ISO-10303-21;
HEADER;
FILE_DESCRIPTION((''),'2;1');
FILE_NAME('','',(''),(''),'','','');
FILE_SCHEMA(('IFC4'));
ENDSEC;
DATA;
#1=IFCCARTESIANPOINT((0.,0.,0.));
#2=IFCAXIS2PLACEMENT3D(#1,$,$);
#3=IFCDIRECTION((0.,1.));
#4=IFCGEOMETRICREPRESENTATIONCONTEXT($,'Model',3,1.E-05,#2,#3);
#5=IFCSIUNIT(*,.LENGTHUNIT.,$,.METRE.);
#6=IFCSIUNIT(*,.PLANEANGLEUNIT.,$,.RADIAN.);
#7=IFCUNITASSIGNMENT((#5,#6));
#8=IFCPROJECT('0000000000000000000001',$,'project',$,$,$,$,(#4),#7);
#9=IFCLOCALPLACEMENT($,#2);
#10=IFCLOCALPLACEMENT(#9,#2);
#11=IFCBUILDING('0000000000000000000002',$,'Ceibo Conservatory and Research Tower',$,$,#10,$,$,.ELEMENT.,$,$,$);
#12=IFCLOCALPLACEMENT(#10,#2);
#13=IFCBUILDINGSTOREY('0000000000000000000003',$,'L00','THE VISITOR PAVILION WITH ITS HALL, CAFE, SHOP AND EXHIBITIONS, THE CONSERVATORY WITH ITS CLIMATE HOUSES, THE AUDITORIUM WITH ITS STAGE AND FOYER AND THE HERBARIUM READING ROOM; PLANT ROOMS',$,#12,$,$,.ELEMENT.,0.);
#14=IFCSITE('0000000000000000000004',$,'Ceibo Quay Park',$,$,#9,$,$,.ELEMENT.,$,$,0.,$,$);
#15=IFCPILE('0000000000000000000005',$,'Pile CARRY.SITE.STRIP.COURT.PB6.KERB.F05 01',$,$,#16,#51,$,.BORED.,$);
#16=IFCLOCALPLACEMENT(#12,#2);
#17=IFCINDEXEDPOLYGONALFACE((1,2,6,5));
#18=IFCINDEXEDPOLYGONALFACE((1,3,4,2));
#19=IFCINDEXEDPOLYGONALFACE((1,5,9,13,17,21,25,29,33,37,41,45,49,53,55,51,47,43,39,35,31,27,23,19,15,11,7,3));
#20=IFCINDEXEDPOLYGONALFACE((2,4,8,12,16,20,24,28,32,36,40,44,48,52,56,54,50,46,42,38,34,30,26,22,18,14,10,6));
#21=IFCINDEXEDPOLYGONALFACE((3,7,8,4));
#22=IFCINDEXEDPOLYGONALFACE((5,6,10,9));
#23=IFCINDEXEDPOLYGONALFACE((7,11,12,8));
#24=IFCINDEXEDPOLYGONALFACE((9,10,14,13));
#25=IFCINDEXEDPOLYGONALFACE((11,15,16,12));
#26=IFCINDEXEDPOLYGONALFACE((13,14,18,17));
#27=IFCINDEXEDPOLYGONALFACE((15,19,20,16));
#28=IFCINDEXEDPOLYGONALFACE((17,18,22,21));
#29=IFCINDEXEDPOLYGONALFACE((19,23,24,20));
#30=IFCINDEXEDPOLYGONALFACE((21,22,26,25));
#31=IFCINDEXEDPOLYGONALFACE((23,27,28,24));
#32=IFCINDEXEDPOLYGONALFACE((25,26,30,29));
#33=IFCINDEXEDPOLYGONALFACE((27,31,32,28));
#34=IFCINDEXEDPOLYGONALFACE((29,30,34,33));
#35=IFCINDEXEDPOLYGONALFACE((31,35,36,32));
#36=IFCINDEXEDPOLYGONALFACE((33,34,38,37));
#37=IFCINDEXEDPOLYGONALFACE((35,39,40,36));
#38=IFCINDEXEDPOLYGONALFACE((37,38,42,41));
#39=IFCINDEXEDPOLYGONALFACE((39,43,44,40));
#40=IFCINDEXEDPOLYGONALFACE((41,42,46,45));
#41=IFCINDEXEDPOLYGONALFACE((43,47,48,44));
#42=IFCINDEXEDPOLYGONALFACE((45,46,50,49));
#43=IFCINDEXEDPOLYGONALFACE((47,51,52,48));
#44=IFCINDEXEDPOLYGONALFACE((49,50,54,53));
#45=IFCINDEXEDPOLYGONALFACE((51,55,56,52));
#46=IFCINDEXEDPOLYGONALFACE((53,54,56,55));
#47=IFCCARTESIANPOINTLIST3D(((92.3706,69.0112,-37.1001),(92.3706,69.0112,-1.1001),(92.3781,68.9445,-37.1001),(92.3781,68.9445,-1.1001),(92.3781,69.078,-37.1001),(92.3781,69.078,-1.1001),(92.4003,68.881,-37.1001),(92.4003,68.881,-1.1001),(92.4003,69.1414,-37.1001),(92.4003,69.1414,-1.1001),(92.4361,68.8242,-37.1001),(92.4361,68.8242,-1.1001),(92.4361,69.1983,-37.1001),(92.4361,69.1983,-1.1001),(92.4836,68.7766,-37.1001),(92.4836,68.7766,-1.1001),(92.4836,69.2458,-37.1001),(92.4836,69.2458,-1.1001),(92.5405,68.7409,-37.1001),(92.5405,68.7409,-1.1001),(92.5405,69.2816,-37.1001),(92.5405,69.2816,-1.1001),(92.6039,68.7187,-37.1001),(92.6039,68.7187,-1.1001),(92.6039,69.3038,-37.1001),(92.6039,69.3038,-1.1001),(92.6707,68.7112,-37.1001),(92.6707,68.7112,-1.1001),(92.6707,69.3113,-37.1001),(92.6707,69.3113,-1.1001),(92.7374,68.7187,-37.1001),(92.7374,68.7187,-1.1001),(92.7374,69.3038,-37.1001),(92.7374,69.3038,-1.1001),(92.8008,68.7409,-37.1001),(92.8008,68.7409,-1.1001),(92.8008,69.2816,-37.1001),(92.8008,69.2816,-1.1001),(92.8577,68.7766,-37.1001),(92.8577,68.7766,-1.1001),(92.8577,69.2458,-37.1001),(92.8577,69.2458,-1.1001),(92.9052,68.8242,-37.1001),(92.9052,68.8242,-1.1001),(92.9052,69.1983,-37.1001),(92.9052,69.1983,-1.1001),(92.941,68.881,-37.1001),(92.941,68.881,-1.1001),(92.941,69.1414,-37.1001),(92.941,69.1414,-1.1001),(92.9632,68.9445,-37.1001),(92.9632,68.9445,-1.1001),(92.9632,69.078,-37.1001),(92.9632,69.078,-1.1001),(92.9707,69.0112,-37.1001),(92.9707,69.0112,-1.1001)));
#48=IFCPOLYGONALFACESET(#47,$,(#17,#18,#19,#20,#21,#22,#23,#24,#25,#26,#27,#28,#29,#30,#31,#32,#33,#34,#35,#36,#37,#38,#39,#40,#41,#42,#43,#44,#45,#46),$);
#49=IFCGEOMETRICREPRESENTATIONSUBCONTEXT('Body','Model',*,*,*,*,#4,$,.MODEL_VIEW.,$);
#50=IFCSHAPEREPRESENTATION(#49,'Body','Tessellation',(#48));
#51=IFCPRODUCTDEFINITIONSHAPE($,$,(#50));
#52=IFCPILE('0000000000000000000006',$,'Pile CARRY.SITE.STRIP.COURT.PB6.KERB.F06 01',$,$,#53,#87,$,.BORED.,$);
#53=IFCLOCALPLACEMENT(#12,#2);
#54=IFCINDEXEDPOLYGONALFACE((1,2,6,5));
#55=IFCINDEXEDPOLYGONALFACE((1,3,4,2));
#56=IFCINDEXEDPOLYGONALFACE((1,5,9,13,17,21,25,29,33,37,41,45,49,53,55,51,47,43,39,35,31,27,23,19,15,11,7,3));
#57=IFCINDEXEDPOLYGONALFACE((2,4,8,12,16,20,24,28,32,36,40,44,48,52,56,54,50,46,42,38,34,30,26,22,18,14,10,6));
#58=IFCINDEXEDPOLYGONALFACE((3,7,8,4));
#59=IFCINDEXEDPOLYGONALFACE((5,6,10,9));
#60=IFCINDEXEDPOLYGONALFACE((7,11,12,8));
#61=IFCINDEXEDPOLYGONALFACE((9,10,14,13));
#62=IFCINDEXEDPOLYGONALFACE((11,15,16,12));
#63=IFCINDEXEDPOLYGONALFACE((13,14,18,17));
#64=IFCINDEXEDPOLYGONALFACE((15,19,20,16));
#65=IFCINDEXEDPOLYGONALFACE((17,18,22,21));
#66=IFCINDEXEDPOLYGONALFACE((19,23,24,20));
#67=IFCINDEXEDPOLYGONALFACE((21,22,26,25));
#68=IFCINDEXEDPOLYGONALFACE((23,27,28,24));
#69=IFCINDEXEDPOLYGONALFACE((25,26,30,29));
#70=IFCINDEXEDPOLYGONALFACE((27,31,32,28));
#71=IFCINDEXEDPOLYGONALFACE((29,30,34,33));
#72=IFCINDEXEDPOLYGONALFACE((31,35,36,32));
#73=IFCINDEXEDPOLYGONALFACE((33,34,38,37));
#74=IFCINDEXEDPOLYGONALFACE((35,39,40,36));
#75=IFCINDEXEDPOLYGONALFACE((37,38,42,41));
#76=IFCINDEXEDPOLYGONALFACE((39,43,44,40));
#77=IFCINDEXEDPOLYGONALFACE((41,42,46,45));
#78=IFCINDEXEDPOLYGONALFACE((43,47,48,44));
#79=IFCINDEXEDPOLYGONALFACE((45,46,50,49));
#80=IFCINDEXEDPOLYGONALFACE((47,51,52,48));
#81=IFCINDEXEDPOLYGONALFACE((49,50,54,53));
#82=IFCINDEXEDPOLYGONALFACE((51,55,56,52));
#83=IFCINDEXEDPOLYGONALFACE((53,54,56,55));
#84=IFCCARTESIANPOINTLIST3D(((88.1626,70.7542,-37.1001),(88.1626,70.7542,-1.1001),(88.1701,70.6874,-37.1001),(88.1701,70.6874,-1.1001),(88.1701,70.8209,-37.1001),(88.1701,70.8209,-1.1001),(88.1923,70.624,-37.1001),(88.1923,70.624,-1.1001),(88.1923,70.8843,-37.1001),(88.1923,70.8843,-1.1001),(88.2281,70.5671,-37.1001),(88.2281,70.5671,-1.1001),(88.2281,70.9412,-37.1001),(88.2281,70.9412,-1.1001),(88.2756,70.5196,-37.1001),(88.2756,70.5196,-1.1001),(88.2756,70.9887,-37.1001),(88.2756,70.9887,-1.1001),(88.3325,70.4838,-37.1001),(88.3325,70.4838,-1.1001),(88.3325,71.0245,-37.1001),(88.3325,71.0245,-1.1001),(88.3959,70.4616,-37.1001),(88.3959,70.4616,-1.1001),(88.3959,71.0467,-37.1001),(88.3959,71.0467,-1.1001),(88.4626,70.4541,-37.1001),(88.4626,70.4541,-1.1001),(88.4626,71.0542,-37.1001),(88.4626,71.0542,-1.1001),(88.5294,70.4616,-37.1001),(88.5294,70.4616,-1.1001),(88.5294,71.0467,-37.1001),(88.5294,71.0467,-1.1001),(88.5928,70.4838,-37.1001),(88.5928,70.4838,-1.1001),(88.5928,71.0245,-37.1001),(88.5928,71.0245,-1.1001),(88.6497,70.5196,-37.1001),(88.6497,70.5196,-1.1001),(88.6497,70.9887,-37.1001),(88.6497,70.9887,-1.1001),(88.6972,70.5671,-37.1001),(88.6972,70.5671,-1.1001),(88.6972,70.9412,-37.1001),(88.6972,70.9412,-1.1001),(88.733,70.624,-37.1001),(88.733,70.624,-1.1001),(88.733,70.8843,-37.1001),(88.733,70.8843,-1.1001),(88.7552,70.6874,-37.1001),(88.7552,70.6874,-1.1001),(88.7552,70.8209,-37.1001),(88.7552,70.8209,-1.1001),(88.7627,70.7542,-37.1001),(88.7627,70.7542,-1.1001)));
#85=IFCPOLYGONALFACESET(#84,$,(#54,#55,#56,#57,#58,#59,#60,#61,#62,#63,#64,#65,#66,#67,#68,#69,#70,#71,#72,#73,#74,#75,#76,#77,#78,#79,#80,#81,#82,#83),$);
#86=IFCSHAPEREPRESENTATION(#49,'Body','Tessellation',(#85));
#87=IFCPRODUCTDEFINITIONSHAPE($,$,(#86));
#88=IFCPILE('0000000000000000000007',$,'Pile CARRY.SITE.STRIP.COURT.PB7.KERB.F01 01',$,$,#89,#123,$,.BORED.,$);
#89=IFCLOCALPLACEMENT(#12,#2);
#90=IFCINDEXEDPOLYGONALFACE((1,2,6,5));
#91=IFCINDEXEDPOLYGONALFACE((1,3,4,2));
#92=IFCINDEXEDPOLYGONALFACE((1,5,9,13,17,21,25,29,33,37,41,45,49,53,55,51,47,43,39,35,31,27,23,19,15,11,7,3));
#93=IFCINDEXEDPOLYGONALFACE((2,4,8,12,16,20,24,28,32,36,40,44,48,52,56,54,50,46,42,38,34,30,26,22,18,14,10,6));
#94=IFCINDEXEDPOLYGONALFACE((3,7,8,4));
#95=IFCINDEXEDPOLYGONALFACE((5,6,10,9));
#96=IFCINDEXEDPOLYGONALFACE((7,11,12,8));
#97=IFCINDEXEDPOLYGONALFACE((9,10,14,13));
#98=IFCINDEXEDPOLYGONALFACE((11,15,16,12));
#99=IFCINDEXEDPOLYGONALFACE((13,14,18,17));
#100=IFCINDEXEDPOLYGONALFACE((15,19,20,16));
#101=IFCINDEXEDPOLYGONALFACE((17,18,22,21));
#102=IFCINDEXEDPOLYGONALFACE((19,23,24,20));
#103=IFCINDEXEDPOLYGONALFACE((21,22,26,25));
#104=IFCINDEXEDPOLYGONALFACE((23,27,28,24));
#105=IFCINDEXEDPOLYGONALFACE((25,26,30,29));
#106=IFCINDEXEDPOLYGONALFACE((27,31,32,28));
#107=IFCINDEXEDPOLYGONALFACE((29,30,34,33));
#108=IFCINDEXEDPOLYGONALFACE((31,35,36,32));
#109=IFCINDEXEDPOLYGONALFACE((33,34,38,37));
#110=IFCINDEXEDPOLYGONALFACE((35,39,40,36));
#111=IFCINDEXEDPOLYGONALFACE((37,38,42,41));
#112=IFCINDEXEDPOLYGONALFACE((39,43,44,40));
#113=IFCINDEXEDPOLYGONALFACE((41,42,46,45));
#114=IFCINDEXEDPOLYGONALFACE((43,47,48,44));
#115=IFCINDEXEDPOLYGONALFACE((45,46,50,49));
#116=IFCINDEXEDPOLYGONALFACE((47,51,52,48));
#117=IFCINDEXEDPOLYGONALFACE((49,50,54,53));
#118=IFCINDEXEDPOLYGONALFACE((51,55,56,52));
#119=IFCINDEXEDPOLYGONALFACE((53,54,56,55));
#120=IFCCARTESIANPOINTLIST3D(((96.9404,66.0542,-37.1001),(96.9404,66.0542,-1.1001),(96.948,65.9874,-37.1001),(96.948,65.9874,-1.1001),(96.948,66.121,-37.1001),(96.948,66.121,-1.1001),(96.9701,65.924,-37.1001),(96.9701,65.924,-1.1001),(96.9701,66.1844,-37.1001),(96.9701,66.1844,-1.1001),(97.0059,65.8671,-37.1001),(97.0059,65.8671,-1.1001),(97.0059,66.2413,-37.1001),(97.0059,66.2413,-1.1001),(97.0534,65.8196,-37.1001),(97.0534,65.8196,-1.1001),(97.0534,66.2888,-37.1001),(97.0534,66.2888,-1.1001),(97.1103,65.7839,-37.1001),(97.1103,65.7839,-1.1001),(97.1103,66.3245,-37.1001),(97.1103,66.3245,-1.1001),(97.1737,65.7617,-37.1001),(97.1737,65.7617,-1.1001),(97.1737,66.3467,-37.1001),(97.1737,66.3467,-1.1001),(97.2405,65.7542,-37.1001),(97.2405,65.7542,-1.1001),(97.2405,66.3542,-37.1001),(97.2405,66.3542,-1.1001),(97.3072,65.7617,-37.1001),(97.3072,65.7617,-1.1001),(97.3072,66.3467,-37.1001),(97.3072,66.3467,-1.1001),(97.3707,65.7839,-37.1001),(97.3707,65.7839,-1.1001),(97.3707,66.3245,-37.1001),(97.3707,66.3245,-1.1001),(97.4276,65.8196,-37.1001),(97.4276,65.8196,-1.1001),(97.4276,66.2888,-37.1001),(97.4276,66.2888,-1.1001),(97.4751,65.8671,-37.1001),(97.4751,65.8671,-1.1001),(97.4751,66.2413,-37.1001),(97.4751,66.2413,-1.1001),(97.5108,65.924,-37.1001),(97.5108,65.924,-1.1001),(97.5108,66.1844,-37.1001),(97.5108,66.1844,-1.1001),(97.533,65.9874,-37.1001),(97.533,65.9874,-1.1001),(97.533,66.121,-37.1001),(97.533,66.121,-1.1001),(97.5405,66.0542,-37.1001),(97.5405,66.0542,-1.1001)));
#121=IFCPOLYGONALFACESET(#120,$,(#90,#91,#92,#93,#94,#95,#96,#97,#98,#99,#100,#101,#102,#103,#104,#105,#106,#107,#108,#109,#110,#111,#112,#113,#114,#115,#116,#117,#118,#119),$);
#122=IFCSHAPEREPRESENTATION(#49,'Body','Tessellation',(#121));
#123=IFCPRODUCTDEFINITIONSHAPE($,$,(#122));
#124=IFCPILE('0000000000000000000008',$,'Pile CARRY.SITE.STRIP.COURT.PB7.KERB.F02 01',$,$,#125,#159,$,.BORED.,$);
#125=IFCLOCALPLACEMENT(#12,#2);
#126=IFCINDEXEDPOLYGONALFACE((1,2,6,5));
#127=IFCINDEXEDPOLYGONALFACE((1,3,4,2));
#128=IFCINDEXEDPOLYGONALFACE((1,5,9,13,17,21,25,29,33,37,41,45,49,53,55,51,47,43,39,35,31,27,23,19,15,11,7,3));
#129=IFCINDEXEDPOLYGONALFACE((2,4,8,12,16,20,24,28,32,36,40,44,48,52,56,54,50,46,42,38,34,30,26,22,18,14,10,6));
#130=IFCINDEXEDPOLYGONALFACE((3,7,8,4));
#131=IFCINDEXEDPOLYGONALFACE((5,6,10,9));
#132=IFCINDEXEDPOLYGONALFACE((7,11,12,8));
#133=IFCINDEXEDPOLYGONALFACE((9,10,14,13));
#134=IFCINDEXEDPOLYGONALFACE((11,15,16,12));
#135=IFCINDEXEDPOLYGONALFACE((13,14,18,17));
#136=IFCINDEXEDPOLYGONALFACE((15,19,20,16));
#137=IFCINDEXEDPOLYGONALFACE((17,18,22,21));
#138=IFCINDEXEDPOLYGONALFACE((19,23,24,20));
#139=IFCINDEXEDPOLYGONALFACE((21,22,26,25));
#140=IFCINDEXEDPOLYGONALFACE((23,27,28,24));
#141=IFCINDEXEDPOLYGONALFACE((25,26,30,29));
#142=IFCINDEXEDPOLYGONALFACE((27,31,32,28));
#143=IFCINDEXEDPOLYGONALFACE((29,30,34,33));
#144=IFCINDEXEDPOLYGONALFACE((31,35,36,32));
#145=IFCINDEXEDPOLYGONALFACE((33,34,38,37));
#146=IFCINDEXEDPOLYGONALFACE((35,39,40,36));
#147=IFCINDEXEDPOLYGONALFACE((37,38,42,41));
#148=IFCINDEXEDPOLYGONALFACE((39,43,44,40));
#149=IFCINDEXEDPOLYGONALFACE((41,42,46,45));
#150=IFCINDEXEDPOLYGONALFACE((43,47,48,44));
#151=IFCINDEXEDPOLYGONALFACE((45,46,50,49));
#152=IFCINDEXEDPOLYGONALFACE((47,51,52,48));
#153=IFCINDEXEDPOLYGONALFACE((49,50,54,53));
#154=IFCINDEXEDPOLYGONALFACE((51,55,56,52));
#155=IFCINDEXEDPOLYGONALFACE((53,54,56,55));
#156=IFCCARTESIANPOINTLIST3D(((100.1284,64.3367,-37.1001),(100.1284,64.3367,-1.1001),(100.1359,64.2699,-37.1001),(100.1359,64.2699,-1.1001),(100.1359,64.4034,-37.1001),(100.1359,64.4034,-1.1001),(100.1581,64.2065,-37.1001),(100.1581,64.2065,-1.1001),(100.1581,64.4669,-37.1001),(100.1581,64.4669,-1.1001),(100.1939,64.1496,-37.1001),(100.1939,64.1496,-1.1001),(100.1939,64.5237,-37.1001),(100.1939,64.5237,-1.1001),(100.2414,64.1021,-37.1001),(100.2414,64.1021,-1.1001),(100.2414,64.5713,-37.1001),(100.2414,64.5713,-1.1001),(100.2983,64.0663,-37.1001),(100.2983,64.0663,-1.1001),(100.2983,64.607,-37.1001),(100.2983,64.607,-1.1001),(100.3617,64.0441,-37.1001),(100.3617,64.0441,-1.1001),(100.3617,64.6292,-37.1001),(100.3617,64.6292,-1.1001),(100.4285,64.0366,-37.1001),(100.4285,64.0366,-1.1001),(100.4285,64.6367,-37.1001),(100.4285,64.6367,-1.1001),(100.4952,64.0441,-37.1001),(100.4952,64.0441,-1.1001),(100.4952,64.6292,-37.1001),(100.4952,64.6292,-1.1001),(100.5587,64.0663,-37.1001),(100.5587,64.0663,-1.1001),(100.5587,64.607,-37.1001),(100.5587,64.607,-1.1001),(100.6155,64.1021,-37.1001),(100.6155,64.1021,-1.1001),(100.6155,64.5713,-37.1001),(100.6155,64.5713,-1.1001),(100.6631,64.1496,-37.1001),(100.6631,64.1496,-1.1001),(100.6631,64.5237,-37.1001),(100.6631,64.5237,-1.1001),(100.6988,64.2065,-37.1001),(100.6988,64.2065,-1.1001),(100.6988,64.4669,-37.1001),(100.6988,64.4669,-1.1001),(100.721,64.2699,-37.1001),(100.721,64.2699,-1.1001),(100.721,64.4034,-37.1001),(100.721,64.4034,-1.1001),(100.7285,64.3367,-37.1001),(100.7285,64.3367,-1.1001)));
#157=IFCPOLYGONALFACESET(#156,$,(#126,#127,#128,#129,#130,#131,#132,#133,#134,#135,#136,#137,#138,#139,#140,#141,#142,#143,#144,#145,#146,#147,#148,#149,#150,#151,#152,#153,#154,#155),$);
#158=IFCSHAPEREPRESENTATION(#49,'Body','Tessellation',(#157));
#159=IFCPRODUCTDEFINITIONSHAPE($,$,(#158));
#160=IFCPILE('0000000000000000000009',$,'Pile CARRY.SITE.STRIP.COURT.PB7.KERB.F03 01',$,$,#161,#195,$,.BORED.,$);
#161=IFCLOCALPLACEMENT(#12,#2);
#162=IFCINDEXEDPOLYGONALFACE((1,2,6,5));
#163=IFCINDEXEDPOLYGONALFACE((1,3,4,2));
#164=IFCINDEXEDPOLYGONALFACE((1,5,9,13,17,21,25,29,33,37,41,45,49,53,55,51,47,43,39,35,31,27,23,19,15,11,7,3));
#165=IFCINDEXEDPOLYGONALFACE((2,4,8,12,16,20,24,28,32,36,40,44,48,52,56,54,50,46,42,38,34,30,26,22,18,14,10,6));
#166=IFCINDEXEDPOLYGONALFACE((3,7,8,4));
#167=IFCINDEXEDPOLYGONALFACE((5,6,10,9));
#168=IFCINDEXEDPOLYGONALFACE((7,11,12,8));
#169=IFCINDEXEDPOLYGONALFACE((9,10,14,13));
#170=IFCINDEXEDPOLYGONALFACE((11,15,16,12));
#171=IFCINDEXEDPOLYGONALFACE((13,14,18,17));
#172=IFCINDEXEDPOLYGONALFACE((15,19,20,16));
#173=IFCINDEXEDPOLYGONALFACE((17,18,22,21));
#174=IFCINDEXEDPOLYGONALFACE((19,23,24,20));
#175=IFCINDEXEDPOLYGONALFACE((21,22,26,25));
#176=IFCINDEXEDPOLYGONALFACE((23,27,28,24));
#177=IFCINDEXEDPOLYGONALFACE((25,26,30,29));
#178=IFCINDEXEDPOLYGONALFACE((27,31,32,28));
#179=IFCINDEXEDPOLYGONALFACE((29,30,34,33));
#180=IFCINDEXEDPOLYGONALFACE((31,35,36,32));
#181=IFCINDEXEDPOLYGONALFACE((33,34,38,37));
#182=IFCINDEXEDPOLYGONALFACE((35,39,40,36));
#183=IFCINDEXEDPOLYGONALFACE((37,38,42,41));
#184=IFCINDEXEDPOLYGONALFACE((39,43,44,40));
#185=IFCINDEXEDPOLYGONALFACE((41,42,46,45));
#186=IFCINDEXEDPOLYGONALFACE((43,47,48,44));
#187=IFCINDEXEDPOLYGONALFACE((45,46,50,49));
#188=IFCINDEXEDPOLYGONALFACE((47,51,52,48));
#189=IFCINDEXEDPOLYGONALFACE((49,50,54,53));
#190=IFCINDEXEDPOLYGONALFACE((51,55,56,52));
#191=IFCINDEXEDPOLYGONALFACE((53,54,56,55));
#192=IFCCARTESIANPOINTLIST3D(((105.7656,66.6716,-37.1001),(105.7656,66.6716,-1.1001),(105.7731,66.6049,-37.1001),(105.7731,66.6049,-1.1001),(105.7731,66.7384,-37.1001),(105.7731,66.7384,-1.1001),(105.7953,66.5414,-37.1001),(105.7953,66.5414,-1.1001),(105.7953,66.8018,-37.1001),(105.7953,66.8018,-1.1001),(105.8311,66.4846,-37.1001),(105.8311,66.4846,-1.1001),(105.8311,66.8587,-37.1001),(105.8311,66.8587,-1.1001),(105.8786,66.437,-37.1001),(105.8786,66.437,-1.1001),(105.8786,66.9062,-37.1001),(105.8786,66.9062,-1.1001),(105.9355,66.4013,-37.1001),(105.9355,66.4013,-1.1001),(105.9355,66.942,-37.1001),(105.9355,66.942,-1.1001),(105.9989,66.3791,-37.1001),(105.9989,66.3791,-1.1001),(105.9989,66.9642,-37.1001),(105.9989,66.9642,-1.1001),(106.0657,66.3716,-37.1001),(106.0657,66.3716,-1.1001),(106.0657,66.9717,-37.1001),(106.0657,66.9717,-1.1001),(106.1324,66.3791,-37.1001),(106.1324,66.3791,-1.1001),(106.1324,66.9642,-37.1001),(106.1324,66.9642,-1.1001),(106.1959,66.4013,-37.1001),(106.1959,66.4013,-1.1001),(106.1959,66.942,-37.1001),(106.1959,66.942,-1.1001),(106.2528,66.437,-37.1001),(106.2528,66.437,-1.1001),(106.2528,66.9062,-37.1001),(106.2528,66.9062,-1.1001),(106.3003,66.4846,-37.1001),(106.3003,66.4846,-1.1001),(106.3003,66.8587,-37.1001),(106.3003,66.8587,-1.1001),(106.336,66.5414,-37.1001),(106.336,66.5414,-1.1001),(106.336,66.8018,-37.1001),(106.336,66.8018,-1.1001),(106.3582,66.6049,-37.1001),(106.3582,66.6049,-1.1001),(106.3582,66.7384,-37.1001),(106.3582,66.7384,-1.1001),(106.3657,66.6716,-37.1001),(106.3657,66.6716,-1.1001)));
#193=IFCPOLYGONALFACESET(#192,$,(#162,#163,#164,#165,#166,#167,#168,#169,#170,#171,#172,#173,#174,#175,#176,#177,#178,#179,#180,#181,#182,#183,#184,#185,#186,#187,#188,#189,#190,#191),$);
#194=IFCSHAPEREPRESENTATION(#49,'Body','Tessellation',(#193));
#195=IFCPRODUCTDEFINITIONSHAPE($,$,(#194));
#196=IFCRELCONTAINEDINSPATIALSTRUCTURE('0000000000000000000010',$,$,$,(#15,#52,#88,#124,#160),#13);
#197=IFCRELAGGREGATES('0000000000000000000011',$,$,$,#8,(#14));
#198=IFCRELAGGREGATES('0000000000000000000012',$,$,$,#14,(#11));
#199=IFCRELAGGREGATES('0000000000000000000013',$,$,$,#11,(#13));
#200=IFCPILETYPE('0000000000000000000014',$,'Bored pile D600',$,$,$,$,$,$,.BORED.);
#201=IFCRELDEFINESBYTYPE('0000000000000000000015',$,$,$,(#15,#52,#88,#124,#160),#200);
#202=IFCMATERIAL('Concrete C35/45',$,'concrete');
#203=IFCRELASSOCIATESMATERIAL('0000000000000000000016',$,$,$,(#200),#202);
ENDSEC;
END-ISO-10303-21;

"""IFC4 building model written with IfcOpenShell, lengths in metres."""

from ifc_helpers import new_model, si_unit, direction, frame, origin, origin_2d, place, context, subcontext, project, spatial, circle, extrude, material, material_profile, profile_set, type_object, element, save


model = new_model("IFC4")

# Units and contexts
model_context = context("Model", 3, precision=1e-05, world=origin(), true_north=direction((0.0, 1.0)))
body_context = subcontext(model_context, "Body", "Model", "MODEL_VIEW")
ifc_project = project(units=[si_unit("LENGTHUNIT", "METRE"), si_unit("PLANEANGLEUNIT", "RADIAN")], contexts=[model_context])

# Site, building, storey
site_placement = place(None, origin())
site = spatial("IfcSite", under=ifc_project, at=site_placement, Name="Ceibo Quay Park", CompositionType="ELEMENT", RefElevation=0.0)
building_placement = place(site_placement, origin())
building = spatial("IfcBuilding", under=site, at=building_placement, Name="Ceibo Conservatory and Research Tower", CompositionType="ELEMENT")
storey_placement = place(building_placement, origin())
storey = spatial("IfcBuildingStorey", under=building, at=storey_placement, Name="L00", Description="THE VISITOR PAVILION WITH ITS HALL, CAFE, SHOP AND EXHIBITIONS, THE CONSERVATORY WITH ITS CLIMATE HOUSES, THE AUDITORIUM WITH ITS STAGE AND FOYER AND THE HERBARIUM READING ROOM; PLANT ROOMS", CompositionType="ELEMENT", Elevation=0.0)

# Piles
ifc_material_1 = material(Name="Concrete C35/45", Category="concrete")
ifc_material_profile_1 = material_profile(ifc_material_1, circle(Radius=0.3, at=origin_2d()), Name="RC D600")
ifc_profile_set_1 = profile_set([ifc_material_profile_1], Name="Concrete C35/45")
pile_type = type_object("IfcPileType", Name="Bored pile D600", PredefinedType="BORED", material=ifc_profile_set_1)
for number, where, z_axis, x_axis, name in (
    (1, (92.6707, 69.0112, -1.1001), (0.0, 0.0, -1.0), (1.0, 0.0, 0.0), "Pile CARRY.SITE.STRIP.COURT.PB6.KERB.F05 01"),
    (2, (88.4626, 70.7542, -1.1001), (0.0, 0.0, -1.0), (1.0, 0.0, 0.0), "Pile CARRY.SITE.STRIP.COURT.PB6.KERB.F06 01"),
    (3, (97.2405, 66.0542, -1.1001), (0.0, 0.0, -1.0), (1.0, 0.0, 0.0), "Pile CARRY.SITE.STRIP.COURT.PB7.KERB.F01 01"),
    (4, (100.4285, 64.3367, -1.1001), (0.0, 0.0, -1.0), (1.0, 0.0, 0.0), "Pile CARRY.SITE.STRIP.COURT.PB7.KERB.F02 01"),
    (5, (106.0657, 66.6716, -1.1001), (0.0, 0.0, -1.0), (1.0, 0.0, 0.0), "Pile CARRY.SITE.STRIP.COURT.PB7.KERB.F03 01"),
):
    element("IfcPile", number, at=place(storey_placement, frame(where, z_axis=z_axis, x_axis=x_axis)), inside=storey, type_object=pile_type, Name=name, PredefinedType="BORED", context=body_context, shape_type="SweptSolid", body=[
        extrude(circle(Radius=0.3, at=origin_2d()), origin(), (0.0, 0.0, 1.0), 36.0),
    ])

save(model, "model.ifc")
